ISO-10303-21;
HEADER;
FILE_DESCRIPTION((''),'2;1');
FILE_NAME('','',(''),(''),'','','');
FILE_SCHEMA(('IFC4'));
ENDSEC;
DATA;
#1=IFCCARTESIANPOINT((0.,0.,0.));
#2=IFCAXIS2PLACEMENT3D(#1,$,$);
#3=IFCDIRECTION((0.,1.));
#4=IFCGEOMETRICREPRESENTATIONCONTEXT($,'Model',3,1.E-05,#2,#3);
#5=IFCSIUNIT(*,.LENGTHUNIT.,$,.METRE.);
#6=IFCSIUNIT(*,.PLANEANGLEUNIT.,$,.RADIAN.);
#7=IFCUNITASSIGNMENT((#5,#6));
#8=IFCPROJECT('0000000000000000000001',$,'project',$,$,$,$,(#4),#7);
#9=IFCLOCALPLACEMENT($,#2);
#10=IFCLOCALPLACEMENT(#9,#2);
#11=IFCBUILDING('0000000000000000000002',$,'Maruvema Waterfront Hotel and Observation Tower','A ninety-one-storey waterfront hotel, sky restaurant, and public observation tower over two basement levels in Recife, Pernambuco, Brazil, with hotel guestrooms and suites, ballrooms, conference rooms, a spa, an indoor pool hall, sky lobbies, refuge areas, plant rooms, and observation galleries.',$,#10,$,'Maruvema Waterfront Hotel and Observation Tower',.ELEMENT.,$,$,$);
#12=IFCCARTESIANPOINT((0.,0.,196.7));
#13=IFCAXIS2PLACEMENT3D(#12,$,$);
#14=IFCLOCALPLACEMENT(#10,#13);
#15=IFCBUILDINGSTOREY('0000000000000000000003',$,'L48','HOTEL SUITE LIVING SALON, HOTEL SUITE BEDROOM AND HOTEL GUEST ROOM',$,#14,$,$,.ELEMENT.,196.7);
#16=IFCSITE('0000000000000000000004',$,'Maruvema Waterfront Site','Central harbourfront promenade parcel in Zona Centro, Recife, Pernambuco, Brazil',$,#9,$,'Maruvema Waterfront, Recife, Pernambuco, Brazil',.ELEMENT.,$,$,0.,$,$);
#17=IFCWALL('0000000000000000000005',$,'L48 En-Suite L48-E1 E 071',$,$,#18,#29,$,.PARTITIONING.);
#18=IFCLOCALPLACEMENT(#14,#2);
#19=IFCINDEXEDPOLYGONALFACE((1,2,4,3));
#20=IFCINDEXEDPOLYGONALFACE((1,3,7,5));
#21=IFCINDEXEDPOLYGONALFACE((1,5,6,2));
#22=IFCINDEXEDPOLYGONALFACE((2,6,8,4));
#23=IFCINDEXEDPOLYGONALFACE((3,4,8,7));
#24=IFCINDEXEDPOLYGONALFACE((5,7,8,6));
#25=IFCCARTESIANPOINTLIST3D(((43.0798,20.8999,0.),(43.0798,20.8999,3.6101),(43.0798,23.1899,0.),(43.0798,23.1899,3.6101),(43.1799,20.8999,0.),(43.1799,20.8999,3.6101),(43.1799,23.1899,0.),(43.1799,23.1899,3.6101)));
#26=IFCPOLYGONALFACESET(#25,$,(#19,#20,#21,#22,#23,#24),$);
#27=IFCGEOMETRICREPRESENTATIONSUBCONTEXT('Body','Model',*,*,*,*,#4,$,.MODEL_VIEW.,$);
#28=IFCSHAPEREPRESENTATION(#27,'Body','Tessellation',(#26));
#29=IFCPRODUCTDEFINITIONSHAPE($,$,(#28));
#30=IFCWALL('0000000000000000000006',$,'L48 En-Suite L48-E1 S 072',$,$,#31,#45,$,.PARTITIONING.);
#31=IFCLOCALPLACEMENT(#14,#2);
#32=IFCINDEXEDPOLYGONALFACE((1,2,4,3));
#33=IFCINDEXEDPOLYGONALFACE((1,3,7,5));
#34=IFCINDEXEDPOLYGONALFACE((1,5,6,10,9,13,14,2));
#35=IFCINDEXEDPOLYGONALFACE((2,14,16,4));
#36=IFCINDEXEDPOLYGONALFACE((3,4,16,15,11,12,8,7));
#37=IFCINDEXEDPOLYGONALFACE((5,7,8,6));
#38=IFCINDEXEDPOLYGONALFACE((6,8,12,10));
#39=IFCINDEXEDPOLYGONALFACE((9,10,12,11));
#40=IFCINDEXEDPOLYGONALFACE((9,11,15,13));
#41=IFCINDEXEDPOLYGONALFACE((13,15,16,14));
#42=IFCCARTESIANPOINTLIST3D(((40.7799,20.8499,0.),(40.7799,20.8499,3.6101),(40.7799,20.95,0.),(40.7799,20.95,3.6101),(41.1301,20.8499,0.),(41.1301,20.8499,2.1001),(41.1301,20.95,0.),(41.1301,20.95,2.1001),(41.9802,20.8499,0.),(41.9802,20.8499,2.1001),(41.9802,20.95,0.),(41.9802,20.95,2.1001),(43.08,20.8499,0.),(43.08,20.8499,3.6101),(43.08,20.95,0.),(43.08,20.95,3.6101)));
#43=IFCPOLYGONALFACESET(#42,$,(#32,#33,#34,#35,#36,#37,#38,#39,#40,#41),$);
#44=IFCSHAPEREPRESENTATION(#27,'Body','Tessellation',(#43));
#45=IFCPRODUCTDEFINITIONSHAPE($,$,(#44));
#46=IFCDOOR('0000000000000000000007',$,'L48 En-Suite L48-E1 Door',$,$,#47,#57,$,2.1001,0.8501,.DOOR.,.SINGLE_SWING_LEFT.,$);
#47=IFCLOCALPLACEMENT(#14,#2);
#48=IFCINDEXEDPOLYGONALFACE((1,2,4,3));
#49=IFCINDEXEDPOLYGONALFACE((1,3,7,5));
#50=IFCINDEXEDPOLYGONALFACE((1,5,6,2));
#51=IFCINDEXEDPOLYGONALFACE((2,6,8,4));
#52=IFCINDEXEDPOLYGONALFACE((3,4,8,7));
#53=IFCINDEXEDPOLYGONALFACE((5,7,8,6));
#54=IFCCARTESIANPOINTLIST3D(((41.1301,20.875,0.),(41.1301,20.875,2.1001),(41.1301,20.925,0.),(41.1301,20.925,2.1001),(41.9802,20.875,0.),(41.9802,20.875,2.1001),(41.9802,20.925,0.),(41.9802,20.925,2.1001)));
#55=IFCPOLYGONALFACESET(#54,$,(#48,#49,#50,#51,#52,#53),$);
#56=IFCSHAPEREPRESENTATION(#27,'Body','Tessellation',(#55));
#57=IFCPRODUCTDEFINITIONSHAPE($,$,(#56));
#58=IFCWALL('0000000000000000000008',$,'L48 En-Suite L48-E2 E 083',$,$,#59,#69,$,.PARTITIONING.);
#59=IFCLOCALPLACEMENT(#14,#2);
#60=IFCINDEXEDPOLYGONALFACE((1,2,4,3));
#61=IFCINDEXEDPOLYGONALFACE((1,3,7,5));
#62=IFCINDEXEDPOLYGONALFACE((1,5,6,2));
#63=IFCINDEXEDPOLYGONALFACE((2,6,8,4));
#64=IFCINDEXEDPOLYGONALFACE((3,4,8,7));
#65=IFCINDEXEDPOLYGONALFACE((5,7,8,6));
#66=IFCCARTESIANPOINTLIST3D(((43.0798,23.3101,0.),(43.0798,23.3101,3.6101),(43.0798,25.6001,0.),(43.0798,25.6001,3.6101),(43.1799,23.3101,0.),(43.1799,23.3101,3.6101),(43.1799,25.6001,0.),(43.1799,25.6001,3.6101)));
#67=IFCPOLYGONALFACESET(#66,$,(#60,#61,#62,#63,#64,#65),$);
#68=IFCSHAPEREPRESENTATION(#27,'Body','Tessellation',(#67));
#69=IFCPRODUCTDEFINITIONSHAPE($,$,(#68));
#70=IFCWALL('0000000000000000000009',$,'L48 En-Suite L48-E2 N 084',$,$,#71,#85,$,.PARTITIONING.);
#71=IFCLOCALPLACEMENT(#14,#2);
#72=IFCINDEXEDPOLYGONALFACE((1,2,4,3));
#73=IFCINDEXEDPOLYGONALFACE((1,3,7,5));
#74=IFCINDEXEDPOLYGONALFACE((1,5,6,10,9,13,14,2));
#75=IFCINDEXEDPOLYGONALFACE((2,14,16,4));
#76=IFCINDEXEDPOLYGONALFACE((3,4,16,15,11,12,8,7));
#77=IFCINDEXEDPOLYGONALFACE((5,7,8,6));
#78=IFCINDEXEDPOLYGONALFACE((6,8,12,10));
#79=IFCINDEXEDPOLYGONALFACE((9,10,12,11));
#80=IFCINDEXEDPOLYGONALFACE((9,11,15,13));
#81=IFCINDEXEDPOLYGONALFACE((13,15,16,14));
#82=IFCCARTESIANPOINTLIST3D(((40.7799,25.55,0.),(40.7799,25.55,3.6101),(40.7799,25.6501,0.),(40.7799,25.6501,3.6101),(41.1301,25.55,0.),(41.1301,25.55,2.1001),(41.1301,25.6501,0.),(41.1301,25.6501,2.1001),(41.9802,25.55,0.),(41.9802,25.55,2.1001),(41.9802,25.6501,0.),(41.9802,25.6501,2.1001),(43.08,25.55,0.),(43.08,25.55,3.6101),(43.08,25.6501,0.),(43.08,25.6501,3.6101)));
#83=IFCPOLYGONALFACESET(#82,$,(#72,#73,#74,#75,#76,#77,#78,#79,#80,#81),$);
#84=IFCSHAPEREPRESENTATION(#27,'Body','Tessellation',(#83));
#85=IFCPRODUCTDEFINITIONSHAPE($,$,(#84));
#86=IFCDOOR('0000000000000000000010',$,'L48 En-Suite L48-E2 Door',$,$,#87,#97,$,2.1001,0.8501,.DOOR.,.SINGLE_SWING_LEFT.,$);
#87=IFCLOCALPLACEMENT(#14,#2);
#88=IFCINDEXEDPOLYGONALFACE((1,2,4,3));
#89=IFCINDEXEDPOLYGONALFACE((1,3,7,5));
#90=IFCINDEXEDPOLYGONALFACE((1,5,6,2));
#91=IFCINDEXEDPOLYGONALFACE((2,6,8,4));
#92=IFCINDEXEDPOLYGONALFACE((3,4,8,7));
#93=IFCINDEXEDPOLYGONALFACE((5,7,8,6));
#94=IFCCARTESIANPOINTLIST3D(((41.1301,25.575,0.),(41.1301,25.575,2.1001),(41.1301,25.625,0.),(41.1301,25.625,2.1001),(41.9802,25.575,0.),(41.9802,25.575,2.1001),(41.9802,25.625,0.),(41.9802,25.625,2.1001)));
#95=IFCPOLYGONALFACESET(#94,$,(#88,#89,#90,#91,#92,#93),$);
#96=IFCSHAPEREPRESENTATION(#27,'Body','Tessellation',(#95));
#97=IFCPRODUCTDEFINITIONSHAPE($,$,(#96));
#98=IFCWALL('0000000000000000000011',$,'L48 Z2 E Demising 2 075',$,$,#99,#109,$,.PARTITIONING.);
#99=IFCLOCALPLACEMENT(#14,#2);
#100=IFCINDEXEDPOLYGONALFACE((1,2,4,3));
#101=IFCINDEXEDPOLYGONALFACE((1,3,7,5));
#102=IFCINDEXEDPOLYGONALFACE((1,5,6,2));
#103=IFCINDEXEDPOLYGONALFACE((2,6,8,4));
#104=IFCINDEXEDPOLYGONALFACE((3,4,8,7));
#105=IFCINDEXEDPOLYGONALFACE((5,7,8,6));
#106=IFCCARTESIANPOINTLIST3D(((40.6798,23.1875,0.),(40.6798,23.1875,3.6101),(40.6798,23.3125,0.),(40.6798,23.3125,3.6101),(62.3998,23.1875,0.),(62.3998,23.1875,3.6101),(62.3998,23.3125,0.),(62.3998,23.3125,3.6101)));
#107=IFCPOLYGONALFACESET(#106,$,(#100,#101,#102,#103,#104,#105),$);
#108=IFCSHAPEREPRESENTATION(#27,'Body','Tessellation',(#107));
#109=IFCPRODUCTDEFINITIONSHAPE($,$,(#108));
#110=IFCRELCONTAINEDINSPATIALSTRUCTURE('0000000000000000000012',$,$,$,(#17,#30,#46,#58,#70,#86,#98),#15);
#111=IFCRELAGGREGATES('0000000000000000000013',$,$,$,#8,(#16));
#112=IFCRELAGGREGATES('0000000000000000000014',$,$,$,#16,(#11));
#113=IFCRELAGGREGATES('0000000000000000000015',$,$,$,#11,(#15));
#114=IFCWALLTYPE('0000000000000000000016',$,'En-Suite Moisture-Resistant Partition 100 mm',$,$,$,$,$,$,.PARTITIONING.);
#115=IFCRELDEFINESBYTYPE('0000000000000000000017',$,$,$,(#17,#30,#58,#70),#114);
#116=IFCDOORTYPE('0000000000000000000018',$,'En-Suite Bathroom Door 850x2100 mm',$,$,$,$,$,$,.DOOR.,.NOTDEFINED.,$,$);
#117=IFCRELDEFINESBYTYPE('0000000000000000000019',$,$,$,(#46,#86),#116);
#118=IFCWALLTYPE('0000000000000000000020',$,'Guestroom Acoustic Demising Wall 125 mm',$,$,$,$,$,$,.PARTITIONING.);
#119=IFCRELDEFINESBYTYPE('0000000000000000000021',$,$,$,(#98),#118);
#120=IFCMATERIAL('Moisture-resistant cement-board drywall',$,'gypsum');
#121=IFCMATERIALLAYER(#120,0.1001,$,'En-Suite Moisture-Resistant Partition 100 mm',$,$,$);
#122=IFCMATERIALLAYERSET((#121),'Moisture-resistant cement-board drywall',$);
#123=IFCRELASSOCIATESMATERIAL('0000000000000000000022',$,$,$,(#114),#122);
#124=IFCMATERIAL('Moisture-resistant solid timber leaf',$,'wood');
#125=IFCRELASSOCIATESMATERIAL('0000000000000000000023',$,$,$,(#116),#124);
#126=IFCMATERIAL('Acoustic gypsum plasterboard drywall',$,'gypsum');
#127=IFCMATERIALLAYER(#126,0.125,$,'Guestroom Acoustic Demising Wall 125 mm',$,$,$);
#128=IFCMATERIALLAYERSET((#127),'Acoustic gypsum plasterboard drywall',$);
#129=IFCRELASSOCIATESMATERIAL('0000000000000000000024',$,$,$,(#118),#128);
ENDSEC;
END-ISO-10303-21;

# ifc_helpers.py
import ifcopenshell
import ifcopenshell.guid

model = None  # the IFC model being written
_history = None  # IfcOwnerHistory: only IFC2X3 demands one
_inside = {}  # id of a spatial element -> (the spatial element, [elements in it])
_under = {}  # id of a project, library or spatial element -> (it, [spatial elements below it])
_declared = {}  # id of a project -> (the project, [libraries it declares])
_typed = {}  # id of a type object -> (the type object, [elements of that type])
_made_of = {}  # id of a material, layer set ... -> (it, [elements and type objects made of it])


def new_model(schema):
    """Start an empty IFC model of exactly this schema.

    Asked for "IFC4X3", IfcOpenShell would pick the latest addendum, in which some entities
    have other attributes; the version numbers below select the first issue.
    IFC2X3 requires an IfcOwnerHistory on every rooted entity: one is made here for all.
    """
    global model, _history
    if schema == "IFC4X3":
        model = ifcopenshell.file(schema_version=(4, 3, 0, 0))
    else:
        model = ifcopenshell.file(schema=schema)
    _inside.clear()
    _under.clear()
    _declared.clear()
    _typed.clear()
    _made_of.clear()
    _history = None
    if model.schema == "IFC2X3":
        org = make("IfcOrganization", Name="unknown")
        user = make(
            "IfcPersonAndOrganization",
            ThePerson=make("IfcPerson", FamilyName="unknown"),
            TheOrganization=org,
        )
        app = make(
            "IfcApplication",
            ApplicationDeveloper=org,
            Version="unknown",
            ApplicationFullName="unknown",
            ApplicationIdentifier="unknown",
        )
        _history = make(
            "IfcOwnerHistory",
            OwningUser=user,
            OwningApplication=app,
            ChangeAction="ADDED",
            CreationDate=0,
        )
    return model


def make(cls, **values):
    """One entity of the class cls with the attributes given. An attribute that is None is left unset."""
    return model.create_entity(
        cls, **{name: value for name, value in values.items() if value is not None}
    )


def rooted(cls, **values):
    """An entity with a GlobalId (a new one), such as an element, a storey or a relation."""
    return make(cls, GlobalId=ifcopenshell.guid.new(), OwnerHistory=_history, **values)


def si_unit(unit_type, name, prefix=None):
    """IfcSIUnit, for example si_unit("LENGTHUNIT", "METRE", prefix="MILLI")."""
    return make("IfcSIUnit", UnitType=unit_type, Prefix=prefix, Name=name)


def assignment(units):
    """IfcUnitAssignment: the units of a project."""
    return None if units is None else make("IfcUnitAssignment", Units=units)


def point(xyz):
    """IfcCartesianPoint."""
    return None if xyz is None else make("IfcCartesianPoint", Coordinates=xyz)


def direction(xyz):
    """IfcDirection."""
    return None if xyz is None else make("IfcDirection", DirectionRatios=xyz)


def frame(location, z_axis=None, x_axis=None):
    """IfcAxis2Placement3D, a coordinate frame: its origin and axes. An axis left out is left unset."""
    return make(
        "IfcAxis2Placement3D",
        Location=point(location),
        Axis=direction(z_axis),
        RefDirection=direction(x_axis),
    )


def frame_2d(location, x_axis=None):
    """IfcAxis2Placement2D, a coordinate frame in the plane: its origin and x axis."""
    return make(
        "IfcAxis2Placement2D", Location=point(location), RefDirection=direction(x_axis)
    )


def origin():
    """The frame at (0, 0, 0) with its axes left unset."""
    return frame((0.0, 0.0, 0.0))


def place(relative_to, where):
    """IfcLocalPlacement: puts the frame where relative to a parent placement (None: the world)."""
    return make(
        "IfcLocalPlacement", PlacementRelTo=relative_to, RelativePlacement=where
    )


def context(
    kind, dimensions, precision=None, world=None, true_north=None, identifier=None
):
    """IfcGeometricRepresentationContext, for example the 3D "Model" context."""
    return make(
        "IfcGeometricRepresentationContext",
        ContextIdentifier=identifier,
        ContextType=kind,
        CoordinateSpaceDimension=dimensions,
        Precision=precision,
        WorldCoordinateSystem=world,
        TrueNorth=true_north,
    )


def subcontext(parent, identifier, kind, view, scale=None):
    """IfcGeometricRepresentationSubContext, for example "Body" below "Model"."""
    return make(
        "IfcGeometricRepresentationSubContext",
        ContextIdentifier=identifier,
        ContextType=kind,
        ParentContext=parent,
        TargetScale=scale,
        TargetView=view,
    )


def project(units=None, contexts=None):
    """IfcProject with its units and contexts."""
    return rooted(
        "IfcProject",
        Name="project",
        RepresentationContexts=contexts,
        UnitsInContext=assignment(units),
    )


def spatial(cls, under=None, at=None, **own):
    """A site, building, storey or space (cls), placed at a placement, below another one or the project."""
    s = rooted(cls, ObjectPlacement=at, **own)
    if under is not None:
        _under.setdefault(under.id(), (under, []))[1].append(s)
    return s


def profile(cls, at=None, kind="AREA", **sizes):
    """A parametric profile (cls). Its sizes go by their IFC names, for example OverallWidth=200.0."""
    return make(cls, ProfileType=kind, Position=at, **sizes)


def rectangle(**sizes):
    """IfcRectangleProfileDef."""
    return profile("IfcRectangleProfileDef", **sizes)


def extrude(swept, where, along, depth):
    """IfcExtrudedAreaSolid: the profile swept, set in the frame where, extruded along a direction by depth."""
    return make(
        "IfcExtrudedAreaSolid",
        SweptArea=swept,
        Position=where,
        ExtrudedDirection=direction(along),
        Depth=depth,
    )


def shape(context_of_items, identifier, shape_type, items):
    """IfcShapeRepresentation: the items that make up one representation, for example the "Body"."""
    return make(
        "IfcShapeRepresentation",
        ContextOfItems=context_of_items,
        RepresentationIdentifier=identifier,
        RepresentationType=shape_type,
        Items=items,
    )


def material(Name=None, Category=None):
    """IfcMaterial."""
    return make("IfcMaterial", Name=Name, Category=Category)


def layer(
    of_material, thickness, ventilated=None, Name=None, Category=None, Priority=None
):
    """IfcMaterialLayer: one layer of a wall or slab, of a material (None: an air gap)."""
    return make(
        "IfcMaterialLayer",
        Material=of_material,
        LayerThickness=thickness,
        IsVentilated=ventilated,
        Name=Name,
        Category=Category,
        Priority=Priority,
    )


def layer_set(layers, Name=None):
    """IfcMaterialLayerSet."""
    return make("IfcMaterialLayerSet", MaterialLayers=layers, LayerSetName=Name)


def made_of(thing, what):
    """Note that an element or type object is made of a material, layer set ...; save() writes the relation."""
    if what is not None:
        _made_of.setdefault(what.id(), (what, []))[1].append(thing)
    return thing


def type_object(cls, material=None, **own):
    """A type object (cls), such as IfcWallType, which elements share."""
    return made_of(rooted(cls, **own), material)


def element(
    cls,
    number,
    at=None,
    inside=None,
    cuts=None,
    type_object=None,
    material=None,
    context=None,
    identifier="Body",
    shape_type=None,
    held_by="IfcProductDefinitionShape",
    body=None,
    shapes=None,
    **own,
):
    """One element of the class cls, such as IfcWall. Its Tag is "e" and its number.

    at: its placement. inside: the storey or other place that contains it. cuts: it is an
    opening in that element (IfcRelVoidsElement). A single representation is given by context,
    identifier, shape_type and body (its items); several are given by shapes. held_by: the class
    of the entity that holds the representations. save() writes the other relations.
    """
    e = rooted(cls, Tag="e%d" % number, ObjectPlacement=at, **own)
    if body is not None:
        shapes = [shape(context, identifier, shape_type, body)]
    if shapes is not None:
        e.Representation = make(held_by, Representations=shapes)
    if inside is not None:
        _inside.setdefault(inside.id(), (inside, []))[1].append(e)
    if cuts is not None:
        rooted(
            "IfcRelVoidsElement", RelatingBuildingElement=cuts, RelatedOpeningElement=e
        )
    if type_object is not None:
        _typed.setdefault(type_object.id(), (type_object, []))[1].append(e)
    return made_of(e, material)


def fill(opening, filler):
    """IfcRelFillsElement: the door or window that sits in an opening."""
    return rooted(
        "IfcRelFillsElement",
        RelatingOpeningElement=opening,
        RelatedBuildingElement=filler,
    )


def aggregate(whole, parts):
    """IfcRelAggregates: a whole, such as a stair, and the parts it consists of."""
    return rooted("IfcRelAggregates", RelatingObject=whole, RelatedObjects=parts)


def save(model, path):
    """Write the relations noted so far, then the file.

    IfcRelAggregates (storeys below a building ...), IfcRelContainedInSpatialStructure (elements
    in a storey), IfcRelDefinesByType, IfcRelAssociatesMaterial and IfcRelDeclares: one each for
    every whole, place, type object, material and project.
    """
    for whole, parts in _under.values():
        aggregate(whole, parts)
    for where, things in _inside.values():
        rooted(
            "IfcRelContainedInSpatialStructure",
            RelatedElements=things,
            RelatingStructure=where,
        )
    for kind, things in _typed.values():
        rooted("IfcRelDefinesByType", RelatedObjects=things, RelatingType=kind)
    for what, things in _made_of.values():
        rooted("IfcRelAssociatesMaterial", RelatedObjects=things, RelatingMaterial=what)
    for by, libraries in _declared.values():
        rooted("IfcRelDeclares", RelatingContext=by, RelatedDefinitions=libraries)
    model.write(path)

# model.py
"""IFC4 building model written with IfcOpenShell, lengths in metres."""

from ifc_helpers import new_model, si_unit, direction, frame, frame_2d, origin, place, context, subcontext, project, spatial, rectangle, extrude, material, layer, layer_set, type_object, element, fill, save


model = new_model("IFC4")

# Units and contexts
model_context = context("Model", 3, precision=1e-05, world=origin(), true_north=direction((0.0, 1.0)))
body_context = subcontext(model_context, "Body", "Model", "MODEL_VIEW")
ifc_project = project(units=[si_unit("LENGTHUNIT", "METRE"), si_unit("PLANEANGLEUNIT", "RADIAN")], contexts=[model_context])

# Site, building, storey
site_placement = place(None, origin())
site = spatial("IfcSite", under=ifc_project, at=site_placement, Name="Maruvema Waterfront Site", Description="Central harbourfront promenade parcel in Zona Centro, Recife, Pernambuco, Brazil", LongName="Maruvema Waterfront, Recife, Pernambuco, Brazil", CompositionType="ELEMENT", RefElevation=0.0)
building_placement = place(site_placement, origin())
building = spatial("IfcBuilding", under=site, at=building_placement, Name="Maruvema Waterfront Hotel and Observation Tower", Description="A ninety-one-storey waterfront hotel, sky restaurant, and public observation tower over two basement levels in Recife, Pernambuco, Brazil, with hotel guestrooms and suites, ballrooms, conference rooms, a spa, an indoor pool hall, sky lobbies, refuge areas, plant rooms, and observation galleries.", LongName="Maruvema Waterfront Hotel and Observation Tower", CompositionType="ELEMENT")
storey_placement = place(building_placement, frame((0.0, 0.0, 196.7)))
storey = spatial("IfcBuildingStorey", under=building, at=storey_placement, Name="L48", Description="HOTEL SUITE LIVING SALON, HOTEL SUITE BEDROOM AND HOTEL GUEST ROOM", CompositionType="ELEMENT", Elevation=196.7)

# Wall
ifc_material_1 = material(Name="Moisture-resistant cement-board drywall", Category="gypsum")
ifc_layer_1 = layer(ifc_material_1, 0.1001, Name="En-Suite Moisture-Resistant Partition 100 mm")
ifc_layer_set_1 = layer_set([ifc_layer_1], Name="Moisture-resistant cement-board drywall")
wall_type_1 = type_object("IfcWallType", Name="En-Suite Moisture-Resistant Partition 100 mm", PredefinedType="PARTITIONING", material=ifc_layer_set_1)
wall_1_placement = place(storey_placement, frame((43.1299, 20.8999, 0.0), z_axis=(0.0, 0.0, 1.0), x_axis=(0.0, 1.0, 0.0)))
element("IfcWall", 1, at=wall_1_placement, inside=storey, type_object=wall_type_1, Name="L48 En-Suite L48-E1 E 071", PredefinedType="PARTITIONING", context=body_context, shape_type="SweptSolid", body=[
    extrude(rectangle(XDim=2.29, YDim=0.1001, at=frame_2d((1.145, 0.0))), origin(), (0.0, 0.0, 1.0), 3.6101),
])

# Wall, opening, door
wall_2_placement = place(storey_placement, frame((40.78, 20.8999, 0.0), z_axis=(0.0, 0.0, 1.0), x_axis=(1.0, 0.0, 0.0)))
wall_2 = element("IfcWall", 2, at=wall_2_placement, inside=storey, type_object=wall_type_1, Name="L48 En-Suite L48-E1 S 072", PredefinedType="PARTITIONING", context=body_context, shape_type="SweptSolid", body=[
    extrude(rectangle(XDim=2.3, YDim=0.1001, at=frame_2d((1.1499, 0.0))), origin(), (0.0, 0.0, 1.0), 3.6101),
])
opening_1_placement = place(wall_2_placement, frame((0.3501, 0.0, 0.0)))
opening_1 = element("IfcOpeningElement", 3, at=opening_1_placement, cuts=wall_2, PredefinedType="OPENING", context=body_context, shape_type="SweptSolid", body=[
    extrude(rectangle(XDim=0.8501, YDim=2.1001, at=frame_2d((0.425, 1.05))), frame((0.0, 0.0601, 0.0), z_axis=(0.0, -1.0, 0.0), x_axis=(1.0, 0.0, 0.0)), (0.0, 0.0, 1.0), 0.1201),
])
ifc_material_2 = material(Name="Moisture-resistant solid timber leaf", Category="wood")
door_type_1 = type_object("IfcDoorType", Name="En-Suite Bathroom Door 850x2100 mm", OperationType="NOTDEFINED", PredefinedType="DOOR", material=ifc_material_2)
door_1_placement = place(opening_1_placement, frame((0.8501, 0.0, 0.0), z_axis=(0.0, 0.0, 1.0), x_axis=(-1.0, 0.0, 0.0)))
door_1 = element("IfcDoor", 4, at=door_1_placement, inside=storey, type_object=door_type_1, Name="L48 En-Suite L48-E1 Door", OperationType="SINGLE_SWING_LEFT", OverallHeight=2.1001, OverallWidth=0.8501, PredefinedType="DOOR", context=body_context, shape_type="SweptSolid", body=[
    extrude(rectangle(XDim=0.8501, YDim=2.1001, at=frame_2d((0.425, 1.05))), frame((0.0, 0.0249, 0.0), z_axis=(0.0, -1.0, 0.0), x_axis=(1.0, 0.0, 0.0)), (0.0, 0.0, 1.0), 0.05),
])
fill(opening_1, door_1)

# Wall
wall_3_placement = place(storey_placement, frame((43.1299, 23.3101, 0.0), z_axis=(0.0, 0.0, 1.0), x_axis=(0.0, 1.0, 0.0)))
element("IfcWall", 5, at=wall_3_placement, inside=storey, type_object=wall_type_1, Name="L48 En-Suite L48-E2 E 083", PredefinedType="PARTITIONING", context=body_context, shape_type="SweptSolid", body=[
    extrude(rectangle(XDim=2.29, YDim=0.1001, at=frame_2d((1.145, 0.0))), origin(), (0.0, 0.0, 1.0), 3.6101),
])

# Wall, opening, door
wall_4_placement = place(storey_placement, frame((40.78, 25.6001, 0.0), z_axis=(0.0, 0.0, 1.0), x_axis=(1.0, 0.0, 0.0)))
wall_4 = element("IfcWall", 6, at=wall_4_placement, inside=storey, type_object=wall_type_1, Name="L48 En-Suite L48-E2 N 084", PredefinedType="PARTITIONING", context=body_context, shape_type="SweptSolid", body=[
    extrude(rectangle(XDim=2.3, YDim=0.1001, at=frame_2d((1.1499, 0.0))), origin(), (0.0, 0.0, 1.0), 3.6101),
])
opening_2_placement = place(wall_4_placement, frame((0.3501, 0.0, 0.0)))
opening_2 = element("IfcOpeningElement", 7, at=opening_2_placement, cuts=wall_4, PredefinedType="OPENING", context=body_context, shape_type="SweptSolid", body=[
    extrude(rectangle(XDim=0.8501, YDim=2.1001, at=frame_2d((0.425, 1.05))), frame((0.0, 0.0601, 0.0), z_axis=(0.0, -1.0, 0.0), x_axis=(1.0, 0.0, 0.0)), (0.0, 0.0, 1.0), 0.1201),
])
door_2_placement = place(opening_2_placement, origin())
door_2 = element("IfcDoor", 8, at=door_2_placement, inside=storey, type_object=door_type_1, Name="L48 En-Suite L48-E2 Door", OperationType="SINGLE_SWING_LEFT", OverallHeight=2.1001, OverallWidth=0.8501, PredefinedType="DOOR", context=body_context, shape_type="SweptSolid", body=[
    extrude(rectangle(XDim=0.8501, YDim=2.1001, at=frame_2d((0.425, 1.05))), frame((0.0, 0.0249, 0.0), z_axis=(0.0, -1.0, 0.0), x_axis=(1.0, 0.0, 0.0)), (0.0, 0.0, 1.0), 0.05),
])
fill(opening_2, door_2)

# Wall
ifc_material_3 = material(Name="Acoustic gypsum plasterboard drywall", Category="gypsum")
ifc_layer_2 = layer(ifc_material_3, 0.125, Name="Guestroom Acoustic Demising Wall 125 mm")
ifc_layer_set_2 = layer_set([ifc_layer_2], Name="Acoustic gypsum plasterboard drywall")
wall_type_2 = type_object("IfcWallType", Name="Guestroom Acoustic Demising Wall 125 mm", PredefinedType="PARTITIONING", material=ifc_layer_set_2)
wall_5_placement = place(storey_placement, frame((40.6799, 23.25, 0.0), z_axis=(0.0, 0.0, 1.0), x_axis=(1.0, 0.0, 0.0)))
element("IfcWall", 9, at=wall_5_placement, inside=storey, type_object=wall_type_2, Name="L48 Z2 E Demising 2 075", PredefinedType="PARTITIONING", context=body_context, shape_type="SweptSolid", body=[
    extrude(rectangle(XDim=21.72, YDim=0.125, at=frame_2d((10.8599, 0.0))), origin(), (0.0, 0.0, 1.0), 3.6101),
])

save(model, "model.ifc")
